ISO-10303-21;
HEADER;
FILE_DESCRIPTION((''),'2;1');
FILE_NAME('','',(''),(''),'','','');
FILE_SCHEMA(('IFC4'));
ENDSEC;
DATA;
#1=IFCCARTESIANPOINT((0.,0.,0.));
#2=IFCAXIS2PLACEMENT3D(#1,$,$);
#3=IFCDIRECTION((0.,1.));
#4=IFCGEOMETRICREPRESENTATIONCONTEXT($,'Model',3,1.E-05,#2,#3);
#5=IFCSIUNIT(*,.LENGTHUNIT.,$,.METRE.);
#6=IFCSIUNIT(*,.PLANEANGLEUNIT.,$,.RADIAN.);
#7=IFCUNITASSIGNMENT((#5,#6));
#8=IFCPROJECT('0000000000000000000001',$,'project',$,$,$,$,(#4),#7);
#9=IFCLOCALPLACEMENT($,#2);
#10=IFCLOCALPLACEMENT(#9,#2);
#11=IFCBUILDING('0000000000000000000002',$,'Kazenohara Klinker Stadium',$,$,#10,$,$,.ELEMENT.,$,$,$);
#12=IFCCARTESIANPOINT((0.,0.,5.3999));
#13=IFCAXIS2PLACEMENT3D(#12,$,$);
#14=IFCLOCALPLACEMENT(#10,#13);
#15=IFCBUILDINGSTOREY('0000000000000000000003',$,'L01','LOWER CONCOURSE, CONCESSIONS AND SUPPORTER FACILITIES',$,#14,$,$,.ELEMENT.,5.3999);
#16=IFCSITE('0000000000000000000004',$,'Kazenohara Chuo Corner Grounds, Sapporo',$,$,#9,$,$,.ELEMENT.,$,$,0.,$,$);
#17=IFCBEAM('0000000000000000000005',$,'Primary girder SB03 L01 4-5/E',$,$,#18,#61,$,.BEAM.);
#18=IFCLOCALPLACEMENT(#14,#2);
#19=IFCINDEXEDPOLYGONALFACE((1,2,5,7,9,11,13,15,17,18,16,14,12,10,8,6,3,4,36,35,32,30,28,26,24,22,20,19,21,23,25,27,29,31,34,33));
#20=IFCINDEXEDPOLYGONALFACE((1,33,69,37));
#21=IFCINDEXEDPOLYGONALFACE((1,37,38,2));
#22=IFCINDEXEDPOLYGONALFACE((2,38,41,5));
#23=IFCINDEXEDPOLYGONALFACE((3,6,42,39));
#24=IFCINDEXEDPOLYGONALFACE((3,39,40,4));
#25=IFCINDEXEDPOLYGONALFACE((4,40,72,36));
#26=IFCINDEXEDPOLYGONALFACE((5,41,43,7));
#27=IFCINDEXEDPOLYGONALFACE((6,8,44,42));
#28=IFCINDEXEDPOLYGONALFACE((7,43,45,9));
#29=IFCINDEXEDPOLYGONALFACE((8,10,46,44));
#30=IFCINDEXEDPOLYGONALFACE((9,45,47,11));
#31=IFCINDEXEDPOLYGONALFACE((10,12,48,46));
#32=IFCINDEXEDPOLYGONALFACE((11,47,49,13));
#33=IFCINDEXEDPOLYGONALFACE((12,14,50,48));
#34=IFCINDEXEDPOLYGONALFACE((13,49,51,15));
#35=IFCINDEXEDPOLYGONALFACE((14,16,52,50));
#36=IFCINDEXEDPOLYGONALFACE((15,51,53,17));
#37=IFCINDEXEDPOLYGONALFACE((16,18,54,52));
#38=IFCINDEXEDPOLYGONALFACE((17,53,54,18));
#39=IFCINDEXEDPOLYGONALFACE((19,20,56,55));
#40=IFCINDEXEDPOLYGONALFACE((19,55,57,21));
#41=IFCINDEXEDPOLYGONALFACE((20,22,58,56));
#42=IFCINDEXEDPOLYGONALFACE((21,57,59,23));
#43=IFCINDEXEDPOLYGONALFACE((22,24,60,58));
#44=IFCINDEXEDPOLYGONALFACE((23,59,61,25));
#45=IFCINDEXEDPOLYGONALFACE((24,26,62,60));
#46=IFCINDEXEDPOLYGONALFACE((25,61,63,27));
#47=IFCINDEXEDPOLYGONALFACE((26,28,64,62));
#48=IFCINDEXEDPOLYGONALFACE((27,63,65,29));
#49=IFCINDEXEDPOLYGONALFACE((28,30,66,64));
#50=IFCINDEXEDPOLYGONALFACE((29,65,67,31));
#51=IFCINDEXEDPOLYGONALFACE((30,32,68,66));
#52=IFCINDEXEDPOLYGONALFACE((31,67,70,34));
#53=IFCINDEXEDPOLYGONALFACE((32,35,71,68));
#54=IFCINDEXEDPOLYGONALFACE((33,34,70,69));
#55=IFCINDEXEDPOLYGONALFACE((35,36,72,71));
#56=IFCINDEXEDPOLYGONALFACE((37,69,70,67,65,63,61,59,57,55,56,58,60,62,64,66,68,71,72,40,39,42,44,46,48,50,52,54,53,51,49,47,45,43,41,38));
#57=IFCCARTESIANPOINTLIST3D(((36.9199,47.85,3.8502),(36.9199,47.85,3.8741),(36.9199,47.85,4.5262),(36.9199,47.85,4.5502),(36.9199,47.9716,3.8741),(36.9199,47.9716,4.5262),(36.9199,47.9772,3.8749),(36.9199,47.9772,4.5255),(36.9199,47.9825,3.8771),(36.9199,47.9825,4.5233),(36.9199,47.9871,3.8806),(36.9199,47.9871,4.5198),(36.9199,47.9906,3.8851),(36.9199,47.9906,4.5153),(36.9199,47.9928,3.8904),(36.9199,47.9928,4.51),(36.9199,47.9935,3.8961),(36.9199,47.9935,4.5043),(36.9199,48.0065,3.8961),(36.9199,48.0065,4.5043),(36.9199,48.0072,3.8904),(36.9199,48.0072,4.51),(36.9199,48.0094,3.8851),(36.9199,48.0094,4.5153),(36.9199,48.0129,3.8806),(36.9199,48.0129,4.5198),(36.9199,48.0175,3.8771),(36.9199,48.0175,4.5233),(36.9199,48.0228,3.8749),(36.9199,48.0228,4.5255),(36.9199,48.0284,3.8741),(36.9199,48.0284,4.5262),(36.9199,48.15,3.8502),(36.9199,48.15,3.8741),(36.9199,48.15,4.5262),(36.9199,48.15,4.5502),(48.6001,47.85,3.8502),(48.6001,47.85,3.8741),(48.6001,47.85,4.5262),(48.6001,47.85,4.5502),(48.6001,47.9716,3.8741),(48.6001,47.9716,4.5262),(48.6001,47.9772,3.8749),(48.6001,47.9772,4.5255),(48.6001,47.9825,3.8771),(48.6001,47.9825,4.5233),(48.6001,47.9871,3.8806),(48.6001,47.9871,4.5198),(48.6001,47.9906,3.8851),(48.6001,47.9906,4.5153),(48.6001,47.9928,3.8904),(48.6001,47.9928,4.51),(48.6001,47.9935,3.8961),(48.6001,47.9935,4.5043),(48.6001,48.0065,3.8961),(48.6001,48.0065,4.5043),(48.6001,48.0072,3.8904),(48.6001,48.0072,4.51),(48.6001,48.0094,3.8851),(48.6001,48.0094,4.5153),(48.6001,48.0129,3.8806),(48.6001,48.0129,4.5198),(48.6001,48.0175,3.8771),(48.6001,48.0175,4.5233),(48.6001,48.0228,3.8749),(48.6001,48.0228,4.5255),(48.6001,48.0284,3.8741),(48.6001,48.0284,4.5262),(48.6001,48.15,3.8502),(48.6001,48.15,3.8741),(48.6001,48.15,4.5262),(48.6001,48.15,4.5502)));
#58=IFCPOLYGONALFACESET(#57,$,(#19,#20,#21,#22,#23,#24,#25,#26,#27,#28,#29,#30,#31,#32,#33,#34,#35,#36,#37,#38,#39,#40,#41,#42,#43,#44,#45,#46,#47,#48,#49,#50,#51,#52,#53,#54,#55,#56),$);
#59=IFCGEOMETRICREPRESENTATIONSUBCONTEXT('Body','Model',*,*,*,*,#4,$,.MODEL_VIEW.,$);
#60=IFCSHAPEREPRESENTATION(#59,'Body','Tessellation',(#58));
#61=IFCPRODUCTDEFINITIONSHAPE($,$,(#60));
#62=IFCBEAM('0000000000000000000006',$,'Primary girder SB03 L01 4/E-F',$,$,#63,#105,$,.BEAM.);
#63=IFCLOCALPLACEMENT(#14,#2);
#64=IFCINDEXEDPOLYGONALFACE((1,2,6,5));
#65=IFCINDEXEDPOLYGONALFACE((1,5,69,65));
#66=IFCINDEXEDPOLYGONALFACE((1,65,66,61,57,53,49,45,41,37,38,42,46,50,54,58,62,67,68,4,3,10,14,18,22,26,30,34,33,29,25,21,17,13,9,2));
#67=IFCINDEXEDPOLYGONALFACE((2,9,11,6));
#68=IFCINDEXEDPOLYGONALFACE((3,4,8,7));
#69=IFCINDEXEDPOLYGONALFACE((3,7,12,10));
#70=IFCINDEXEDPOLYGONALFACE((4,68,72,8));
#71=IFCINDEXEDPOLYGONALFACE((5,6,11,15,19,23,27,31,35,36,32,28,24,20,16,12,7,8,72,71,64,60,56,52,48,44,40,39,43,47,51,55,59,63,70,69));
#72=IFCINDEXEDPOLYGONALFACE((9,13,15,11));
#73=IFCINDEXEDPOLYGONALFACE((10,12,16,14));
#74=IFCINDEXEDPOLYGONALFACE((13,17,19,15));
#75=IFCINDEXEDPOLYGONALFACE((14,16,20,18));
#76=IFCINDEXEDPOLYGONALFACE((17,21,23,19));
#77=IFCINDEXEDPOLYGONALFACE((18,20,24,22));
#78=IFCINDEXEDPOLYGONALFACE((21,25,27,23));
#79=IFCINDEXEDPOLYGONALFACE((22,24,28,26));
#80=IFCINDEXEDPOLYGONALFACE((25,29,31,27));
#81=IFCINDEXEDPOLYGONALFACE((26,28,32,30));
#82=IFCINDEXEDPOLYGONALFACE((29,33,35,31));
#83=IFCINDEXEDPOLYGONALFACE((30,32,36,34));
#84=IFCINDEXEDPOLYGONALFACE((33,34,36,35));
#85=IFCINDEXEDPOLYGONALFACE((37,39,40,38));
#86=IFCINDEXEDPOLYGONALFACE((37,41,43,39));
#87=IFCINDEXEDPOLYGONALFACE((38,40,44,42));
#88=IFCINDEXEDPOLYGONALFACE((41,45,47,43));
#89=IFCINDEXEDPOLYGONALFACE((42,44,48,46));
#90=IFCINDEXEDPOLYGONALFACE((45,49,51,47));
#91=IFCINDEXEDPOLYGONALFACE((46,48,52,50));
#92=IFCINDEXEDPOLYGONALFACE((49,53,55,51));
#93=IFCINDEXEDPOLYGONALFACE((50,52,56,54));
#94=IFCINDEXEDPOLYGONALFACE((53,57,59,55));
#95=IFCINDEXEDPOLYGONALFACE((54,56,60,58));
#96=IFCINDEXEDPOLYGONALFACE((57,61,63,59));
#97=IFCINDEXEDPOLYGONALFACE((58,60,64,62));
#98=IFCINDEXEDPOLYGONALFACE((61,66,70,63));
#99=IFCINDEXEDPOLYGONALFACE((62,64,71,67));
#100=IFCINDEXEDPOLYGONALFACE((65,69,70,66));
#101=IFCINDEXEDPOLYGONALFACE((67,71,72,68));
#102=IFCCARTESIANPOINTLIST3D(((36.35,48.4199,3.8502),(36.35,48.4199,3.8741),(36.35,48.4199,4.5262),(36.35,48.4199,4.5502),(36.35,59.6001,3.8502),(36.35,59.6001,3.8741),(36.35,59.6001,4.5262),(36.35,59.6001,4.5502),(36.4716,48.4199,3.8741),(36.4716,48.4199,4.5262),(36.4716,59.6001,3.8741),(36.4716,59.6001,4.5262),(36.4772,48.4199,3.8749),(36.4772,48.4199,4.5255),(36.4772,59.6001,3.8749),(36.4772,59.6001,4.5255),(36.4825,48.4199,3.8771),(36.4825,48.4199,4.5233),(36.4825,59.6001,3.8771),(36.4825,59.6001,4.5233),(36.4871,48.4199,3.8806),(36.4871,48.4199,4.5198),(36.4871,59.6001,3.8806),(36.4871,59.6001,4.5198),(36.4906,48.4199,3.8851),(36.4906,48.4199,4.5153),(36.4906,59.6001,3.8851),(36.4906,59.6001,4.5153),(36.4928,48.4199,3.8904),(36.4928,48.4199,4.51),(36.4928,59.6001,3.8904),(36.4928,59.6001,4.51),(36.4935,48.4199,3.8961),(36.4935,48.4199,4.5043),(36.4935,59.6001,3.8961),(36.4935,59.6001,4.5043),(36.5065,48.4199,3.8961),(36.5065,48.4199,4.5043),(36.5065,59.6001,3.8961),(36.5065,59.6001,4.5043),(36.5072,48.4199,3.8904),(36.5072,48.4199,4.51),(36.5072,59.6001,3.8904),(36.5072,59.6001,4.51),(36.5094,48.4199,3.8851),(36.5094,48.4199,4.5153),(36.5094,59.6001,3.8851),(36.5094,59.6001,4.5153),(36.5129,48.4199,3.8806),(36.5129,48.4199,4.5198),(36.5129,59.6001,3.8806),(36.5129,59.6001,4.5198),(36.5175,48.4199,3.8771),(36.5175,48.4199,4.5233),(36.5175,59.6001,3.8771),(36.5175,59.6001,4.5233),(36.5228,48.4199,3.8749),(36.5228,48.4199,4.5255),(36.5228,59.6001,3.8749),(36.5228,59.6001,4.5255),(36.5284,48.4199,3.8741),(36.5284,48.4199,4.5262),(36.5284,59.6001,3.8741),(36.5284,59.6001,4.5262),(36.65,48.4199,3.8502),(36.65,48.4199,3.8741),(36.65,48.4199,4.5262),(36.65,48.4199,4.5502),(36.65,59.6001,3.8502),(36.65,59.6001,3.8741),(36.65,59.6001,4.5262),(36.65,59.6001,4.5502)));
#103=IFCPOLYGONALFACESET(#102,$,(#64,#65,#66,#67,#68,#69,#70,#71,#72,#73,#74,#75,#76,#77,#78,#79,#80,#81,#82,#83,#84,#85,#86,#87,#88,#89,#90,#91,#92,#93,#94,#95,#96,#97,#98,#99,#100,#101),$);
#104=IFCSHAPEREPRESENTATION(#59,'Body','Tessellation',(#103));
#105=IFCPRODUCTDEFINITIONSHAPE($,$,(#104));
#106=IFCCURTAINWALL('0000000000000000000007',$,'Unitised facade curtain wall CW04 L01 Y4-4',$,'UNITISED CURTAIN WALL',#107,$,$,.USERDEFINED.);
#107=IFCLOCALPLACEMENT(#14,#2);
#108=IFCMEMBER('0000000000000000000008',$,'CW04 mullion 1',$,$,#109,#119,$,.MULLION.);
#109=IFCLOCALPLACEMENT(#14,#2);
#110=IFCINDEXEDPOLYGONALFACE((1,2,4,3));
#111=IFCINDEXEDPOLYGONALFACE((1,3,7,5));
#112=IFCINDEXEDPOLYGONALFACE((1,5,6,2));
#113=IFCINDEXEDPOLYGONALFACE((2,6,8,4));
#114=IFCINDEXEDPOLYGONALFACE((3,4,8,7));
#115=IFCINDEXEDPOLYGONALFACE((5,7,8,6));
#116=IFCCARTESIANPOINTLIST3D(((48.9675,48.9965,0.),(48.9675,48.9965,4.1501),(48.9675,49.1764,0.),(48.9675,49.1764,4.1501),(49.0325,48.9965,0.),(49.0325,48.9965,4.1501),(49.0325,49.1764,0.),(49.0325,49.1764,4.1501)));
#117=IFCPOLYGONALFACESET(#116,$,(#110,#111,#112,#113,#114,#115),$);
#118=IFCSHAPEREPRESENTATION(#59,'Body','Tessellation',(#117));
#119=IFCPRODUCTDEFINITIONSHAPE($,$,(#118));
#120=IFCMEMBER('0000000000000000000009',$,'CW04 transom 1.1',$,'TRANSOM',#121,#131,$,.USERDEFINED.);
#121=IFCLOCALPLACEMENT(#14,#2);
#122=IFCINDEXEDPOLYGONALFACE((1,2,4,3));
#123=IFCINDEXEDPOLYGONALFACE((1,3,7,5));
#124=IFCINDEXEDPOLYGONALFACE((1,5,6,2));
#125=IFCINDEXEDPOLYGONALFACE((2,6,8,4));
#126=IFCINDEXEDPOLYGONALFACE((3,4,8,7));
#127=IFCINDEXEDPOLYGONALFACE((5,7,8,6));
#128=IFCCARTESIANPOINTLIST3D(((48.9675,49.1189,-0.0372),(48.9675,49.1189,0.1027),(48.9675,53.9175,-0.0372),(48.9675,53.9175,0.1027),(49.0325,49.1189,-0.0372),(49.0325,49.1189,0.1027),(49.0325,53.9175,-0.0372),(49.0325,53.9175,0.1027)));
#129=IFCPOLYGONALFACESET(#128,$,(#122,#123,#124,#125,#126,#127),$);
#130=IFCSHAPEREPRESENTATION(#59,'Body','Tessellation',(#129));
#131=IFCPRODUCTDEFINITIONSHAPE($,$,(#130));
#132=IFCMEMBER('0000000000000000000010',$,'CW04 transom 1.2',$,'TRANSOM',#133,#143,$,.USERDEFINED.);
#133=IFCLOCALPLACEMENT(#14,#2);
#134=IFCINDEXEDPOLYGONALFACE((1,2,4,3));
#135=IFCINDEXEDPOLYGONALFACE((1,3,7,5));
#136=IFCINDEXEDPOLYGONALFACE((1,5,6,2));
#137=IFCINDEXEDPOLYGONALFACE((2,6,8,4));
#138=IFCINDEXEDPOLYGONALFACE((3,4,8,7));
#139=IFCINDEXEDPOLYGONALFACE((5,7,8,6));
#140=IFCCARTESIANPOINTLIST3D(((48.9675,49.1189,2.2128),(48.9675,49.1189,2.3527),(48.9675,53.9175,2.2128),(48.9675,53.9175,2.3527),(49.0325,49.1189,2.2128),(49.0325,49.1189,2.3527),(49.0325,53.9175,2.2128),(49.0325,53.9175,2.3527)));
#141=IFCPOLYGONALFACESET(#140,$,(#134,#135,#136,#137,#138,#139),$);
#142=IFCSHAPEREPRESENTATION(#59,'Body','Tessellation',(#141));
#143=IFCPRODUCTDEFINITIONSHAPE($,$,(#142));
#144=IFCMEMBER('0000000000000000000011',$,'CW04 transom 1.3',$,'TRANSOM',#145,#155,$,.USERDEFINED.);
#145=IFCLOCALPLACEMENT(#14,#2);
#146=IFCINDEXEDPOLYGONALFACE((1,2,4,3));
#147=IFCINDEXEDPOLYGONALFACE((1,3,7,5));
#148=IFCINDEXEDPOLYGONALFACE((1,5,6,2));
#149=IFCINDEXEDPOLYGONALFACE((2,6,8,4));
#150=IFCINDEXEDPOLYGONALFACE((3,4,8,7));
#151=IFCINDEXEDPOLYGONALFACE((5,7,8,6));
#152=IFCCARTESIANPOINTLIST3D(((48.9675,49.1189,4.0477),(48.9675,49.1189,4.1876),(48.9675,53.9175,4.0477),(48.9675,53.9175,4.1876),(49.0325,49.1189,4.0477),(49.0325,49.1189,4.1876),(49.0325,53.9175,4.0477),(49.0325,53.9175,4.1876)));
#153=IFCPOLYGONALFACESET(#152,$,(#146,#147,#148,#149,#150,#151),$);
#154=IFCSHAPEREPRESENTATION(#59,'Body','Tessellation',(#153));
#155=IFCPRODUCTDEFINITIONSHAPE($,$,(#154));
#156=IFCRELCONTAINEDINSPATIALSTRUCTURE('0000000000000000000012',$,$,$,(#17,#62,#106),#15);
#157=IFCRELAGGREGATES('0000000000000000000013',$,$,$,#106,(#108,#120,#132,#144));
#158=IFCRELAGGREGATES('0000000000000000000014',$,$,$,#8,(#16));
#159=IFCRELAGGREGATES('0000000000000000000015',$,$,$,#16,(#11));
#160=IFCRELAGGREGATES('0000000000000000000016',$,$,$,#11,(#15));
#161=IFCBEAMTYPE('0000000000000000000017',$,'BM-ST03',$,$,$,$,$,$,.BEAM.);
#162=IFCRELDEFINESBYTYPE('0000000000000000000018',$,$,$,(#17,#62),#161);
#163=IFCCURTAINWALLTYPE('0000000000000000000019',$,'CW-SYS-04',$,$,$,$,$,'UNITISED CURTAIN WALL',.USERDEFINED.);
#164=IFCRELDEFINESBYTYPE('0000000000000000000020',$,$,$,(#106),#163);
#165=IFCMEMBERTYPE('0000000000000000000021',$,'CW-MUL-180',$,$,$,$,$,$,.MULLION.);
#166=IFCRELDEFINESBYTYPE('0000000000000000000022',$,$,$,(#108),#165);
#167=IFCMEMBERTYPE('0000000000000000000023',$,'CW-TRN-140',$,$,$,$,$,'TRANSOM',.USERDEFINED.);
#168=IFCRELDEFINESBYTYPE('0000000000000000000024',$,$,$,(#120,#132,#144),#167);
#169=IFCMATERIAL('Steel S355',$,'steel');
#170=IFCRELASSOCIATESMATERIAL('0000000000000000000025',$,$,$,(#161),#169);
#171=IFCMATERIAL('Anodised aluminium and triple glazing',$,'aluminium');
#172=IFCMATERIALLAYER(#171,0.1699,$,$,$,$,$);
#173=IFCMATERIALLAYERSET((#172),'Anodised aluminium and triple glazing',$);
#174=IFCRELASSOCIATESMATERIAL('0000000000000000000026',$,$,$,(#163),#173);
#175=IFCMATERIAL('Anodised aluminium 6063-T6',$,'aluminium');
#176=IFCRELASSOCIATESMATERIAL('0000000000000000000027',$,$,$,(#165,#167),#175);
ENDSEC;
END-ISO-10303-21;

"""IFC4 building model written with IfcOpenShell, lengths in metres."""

from ifc_helpers import new_model, si_unit, direction, frame, origin, origin_2d, place, context, subcontext, project, spatial, rectangle, i_section, extrude, material, layer, layer_set, material_profile, profile_set, type_object, element, aggregate, save


model = new_model("IFC4")

# Units and contexts
model_context = context("Model", 3, precision=1e-05, world=origin(), true_north=direction((0.0, 1.0)))
body_context = subcontext(model_context, "Body", "Model", "MODEL_VIEW")
ifc_project = project(units=[si_unit("LENGTHUNIT", "METRE"), si_unit("PLANEANGLEUNIT", "RADIAN")], contexts=[model_context])

# Site, building, storey
site_placement = place(None, origin())
site = spatial("IfcSite", under=ifc_project, at=site_placement, Name="Kazenohara Chuo Corner Grounds, Sapporo", CompositionType="ELEMENT", RefElevation=0.0)
building_placement = place(site_placement, origin())
building = spatial("IfcBuilding", under=site, at=building_placement, Name="Kazenohara Klinker Stadium", CompositionType="ELEMENT")
storey_placement = place(building_placement, frame((0.0, 0.0, 5.3999)))
storey = spatial("IfcBuildingStorey", under=building, at=storey_placement, Name="L01", Description="LOWER CONCOURSE, CONCESSIONS AND SUPPORTER FACILITIES", CompositionType="ELEMENT", Elevation=5.3999)

# Beams
ifc_material_1 = material(Name="Steel S355", Category="steel")
ifc_material_profile_1 = material_profile(ifc_material_1, i_section(OverallWidth=0.3, OverallDepth=0.7, WebThickness=0.0129, FlangeThickness=0.0239, FilletRadius=0.022, at=origin_2d()), Name="H-700x300x13x24")
ifc_profile_set_1 = profile_set([ifc_material_profile_1], Name="Steel S355")
beam_type_1 = type_object("IfcBeamType", Name="BM-ST03", PredefinedType="BEAM", material=ifc_profile_set_1)
beam_1_placement = place(storey_placement, frame((36.9199, 48.0, 4.2002), z_axis=(1.0, 0.0, 0.0), x_axis=(0.0, 1.0, 0.0)))
element("IfcBeam", 1, at=beam_1_placement, inside=storey, type_object=beam_type_1, Name="Primary girder SB03 L01 4-5/E", PredefinedType="BEAM", context=body_context, shape_type="SweptSolid", body=[
    extrude(i_section(OverallWidth=0.3, OverallDepth=0.7, WebThickness=0.0129, FlangeThickness=0.0239, FilletRadius=0.022, at=origin_2d()), origin(), (0.0, 0.0, 1.0), 11.6802),
])
beam_2_placement = place(storey_placement, frame((36.5, 48.4199, 4.2002), z_axis=(0.0, 1.0, 0.0), x_axis=(-1.0, 0.0, 0.0)))
element("IfcBeam", 2, at=beam_2_placement, inside=storey, type_object=beam_type_1, Name="Primary girder SB03 L01 4/E-F", PredefinedType="BEAM", context=body_context, shape_type="SweptSolid", body=[
    extrude(i_section(OverallWidth=0.3, OverallDepth=0.7, WebThickness=0.0129, FlangeThickness=0.0239, FilletRadius=0.022, at=origin_2d()), origin(), (0.0, 0.0, 1.0), 11.1802),
])

# Curtain wall, members
ifc_material_2 = material(Name="Anodised aluminium and triple glazing", Category="aluminium")
ifc_layer_1 = layer(ifc_material_2, 0.1699)
ifc_layer_set_1 = layer_set([ifc_layer_1], Name="Anodised aluminium and triple glazing")
curtain_wall_type = type_object("IfcCurtainWallType", Name="CW-SYS-04", ElementType="UNITISED CURTAIN WALL", PredefinedType="USERDEFINED", material=ifc_layer_set_1)
curtain_wall_placement = place(storey_placement, origin())
curtain_wall = element("IfcCurtainWall", 3, at=curtain_wall_placement, inside=storey, type_object=curtain_wall_type, Name="Unitised facade curtain wall CW04 L01 Y4-4", ObjectType="UNITISED CURTAIN WALL", PredefinedType="USERDEFINED")
ifc_material_3 = material(Name="Anodised aluminium 6063-T6", Category="aluminium")
ifc_material_profile_2 = material_profile(ifc_material_3, rectangle(XDim=0.0649, YDim=0.1799, at=origin_2d()), Name="ALU-MUL-65x180")
ifc_profile_set_2 = profile_set([ifc_material_profile_2], Name="Anodised aluminium 6063-T6")
member_type_1 = type_object("IfcMemberType", Name="CW-MUL-180", PredefinedType="MULLION", material=ifc_profile_set_2)
member_1_placement = place(storey_placement, frame((49.0, 49.0864, 0.0), z_axis=(0.0, 0.0, 1.0), x_axis=(-1.0, 0.0, 0.0)))
member_1 = element("IfcMember", 4, at=member_1_placement, type_object=member_type_1, Name="CW04 mullion 1", PredefinedType="MULLION", context=body_context, shape_type="SweptSolid", body=[
    extrude(rectangle(XDim=0.0649, YDim=0.1799, at=origin_2d()), origin(), (0.0, 0.0, 1.0), 4.1501),
])
ifc_material_profile_3 = material_profile(ifc_material_3, rectangle(XDim=0.0649, YDim=0.1399, at=origin_2d()), Name="ALU-TRN-65x140")
ifc_profile_set_3 = profile_set([ifc_material_profile_3], Name="Anodised aluminium 6063-T6")
member_type_2 = type_object("IfcMemberType", Name="CW-TRN-140", ElementType="TRANSOM", PredefinedType="USERDEFINED", material=ifc_profile_set_3)
member_2_placement = place(storey_placement, frame((49.0, 49.1189, 0.0327), z_axis=(0.0, 1.0, 0.0), x_axis=(-1.0, 0.0, 0.0)))
member_2 = element("IfcMember", 5, at=member_2_placement, type_object=member_type_2, Name="CW04 transom 1.1", ObjectType="TRANSOM", PredefinedType="USERDEFINED", context=body_context, shape_type="SweptSolid", body=[
    extrude(rectangle(XDim=0.0649, YDim=0.1399, at=origin_2d()), origin(), (0.0, 0.0, 1.0), 4.7986),
])
member_3_placement = place(storey_placement, frame((49.0, 49.1189, 2.2827), z_axis=(0.0, 1.0, 0.0), x_axis=(-1.0, 0.0, 0.0)))
member_3 = element("IfcMember", 6, at=member_3_placement, type_object=member_type_2, Name="CW04 transom 1.2", ObjectType="TRANSOM", PredefinedType="USERDEFINED", context=body_context, shape_type="SweptSolid", body=[
    extrude(rectangle(XDim=0.0649, YDim=0.1399, at=origin_2d()), origin(), (0.0, 0.0, 1.0), 4.7986),
])
member_4_placement = place(storey_placement, frame((49.0, 49.1189, 4.1177), z_axis=(0.0, 1.0, 0.0), x_axis=(-1.0, 0.0, 0.0)))
member_4 = element("IfcMember", 7, at=member_4_placement, type_object=member_type_2, Name="CW04 transom 1.3", ObjectType="TRANSOM", PredefinedType="USERDEFINED", context=body_context, shape_type="SweptSolid", body=[
    extrude(rectangle(XDim=0.0649, YDim=0.1399, at=origin_2d()), origin(), (0.0, 0.0, 1.0), 4.7986),
])

aggregate(curtain_wall, [member_1, member_2, member_3, member_4])

save(model, "model.ifc")
